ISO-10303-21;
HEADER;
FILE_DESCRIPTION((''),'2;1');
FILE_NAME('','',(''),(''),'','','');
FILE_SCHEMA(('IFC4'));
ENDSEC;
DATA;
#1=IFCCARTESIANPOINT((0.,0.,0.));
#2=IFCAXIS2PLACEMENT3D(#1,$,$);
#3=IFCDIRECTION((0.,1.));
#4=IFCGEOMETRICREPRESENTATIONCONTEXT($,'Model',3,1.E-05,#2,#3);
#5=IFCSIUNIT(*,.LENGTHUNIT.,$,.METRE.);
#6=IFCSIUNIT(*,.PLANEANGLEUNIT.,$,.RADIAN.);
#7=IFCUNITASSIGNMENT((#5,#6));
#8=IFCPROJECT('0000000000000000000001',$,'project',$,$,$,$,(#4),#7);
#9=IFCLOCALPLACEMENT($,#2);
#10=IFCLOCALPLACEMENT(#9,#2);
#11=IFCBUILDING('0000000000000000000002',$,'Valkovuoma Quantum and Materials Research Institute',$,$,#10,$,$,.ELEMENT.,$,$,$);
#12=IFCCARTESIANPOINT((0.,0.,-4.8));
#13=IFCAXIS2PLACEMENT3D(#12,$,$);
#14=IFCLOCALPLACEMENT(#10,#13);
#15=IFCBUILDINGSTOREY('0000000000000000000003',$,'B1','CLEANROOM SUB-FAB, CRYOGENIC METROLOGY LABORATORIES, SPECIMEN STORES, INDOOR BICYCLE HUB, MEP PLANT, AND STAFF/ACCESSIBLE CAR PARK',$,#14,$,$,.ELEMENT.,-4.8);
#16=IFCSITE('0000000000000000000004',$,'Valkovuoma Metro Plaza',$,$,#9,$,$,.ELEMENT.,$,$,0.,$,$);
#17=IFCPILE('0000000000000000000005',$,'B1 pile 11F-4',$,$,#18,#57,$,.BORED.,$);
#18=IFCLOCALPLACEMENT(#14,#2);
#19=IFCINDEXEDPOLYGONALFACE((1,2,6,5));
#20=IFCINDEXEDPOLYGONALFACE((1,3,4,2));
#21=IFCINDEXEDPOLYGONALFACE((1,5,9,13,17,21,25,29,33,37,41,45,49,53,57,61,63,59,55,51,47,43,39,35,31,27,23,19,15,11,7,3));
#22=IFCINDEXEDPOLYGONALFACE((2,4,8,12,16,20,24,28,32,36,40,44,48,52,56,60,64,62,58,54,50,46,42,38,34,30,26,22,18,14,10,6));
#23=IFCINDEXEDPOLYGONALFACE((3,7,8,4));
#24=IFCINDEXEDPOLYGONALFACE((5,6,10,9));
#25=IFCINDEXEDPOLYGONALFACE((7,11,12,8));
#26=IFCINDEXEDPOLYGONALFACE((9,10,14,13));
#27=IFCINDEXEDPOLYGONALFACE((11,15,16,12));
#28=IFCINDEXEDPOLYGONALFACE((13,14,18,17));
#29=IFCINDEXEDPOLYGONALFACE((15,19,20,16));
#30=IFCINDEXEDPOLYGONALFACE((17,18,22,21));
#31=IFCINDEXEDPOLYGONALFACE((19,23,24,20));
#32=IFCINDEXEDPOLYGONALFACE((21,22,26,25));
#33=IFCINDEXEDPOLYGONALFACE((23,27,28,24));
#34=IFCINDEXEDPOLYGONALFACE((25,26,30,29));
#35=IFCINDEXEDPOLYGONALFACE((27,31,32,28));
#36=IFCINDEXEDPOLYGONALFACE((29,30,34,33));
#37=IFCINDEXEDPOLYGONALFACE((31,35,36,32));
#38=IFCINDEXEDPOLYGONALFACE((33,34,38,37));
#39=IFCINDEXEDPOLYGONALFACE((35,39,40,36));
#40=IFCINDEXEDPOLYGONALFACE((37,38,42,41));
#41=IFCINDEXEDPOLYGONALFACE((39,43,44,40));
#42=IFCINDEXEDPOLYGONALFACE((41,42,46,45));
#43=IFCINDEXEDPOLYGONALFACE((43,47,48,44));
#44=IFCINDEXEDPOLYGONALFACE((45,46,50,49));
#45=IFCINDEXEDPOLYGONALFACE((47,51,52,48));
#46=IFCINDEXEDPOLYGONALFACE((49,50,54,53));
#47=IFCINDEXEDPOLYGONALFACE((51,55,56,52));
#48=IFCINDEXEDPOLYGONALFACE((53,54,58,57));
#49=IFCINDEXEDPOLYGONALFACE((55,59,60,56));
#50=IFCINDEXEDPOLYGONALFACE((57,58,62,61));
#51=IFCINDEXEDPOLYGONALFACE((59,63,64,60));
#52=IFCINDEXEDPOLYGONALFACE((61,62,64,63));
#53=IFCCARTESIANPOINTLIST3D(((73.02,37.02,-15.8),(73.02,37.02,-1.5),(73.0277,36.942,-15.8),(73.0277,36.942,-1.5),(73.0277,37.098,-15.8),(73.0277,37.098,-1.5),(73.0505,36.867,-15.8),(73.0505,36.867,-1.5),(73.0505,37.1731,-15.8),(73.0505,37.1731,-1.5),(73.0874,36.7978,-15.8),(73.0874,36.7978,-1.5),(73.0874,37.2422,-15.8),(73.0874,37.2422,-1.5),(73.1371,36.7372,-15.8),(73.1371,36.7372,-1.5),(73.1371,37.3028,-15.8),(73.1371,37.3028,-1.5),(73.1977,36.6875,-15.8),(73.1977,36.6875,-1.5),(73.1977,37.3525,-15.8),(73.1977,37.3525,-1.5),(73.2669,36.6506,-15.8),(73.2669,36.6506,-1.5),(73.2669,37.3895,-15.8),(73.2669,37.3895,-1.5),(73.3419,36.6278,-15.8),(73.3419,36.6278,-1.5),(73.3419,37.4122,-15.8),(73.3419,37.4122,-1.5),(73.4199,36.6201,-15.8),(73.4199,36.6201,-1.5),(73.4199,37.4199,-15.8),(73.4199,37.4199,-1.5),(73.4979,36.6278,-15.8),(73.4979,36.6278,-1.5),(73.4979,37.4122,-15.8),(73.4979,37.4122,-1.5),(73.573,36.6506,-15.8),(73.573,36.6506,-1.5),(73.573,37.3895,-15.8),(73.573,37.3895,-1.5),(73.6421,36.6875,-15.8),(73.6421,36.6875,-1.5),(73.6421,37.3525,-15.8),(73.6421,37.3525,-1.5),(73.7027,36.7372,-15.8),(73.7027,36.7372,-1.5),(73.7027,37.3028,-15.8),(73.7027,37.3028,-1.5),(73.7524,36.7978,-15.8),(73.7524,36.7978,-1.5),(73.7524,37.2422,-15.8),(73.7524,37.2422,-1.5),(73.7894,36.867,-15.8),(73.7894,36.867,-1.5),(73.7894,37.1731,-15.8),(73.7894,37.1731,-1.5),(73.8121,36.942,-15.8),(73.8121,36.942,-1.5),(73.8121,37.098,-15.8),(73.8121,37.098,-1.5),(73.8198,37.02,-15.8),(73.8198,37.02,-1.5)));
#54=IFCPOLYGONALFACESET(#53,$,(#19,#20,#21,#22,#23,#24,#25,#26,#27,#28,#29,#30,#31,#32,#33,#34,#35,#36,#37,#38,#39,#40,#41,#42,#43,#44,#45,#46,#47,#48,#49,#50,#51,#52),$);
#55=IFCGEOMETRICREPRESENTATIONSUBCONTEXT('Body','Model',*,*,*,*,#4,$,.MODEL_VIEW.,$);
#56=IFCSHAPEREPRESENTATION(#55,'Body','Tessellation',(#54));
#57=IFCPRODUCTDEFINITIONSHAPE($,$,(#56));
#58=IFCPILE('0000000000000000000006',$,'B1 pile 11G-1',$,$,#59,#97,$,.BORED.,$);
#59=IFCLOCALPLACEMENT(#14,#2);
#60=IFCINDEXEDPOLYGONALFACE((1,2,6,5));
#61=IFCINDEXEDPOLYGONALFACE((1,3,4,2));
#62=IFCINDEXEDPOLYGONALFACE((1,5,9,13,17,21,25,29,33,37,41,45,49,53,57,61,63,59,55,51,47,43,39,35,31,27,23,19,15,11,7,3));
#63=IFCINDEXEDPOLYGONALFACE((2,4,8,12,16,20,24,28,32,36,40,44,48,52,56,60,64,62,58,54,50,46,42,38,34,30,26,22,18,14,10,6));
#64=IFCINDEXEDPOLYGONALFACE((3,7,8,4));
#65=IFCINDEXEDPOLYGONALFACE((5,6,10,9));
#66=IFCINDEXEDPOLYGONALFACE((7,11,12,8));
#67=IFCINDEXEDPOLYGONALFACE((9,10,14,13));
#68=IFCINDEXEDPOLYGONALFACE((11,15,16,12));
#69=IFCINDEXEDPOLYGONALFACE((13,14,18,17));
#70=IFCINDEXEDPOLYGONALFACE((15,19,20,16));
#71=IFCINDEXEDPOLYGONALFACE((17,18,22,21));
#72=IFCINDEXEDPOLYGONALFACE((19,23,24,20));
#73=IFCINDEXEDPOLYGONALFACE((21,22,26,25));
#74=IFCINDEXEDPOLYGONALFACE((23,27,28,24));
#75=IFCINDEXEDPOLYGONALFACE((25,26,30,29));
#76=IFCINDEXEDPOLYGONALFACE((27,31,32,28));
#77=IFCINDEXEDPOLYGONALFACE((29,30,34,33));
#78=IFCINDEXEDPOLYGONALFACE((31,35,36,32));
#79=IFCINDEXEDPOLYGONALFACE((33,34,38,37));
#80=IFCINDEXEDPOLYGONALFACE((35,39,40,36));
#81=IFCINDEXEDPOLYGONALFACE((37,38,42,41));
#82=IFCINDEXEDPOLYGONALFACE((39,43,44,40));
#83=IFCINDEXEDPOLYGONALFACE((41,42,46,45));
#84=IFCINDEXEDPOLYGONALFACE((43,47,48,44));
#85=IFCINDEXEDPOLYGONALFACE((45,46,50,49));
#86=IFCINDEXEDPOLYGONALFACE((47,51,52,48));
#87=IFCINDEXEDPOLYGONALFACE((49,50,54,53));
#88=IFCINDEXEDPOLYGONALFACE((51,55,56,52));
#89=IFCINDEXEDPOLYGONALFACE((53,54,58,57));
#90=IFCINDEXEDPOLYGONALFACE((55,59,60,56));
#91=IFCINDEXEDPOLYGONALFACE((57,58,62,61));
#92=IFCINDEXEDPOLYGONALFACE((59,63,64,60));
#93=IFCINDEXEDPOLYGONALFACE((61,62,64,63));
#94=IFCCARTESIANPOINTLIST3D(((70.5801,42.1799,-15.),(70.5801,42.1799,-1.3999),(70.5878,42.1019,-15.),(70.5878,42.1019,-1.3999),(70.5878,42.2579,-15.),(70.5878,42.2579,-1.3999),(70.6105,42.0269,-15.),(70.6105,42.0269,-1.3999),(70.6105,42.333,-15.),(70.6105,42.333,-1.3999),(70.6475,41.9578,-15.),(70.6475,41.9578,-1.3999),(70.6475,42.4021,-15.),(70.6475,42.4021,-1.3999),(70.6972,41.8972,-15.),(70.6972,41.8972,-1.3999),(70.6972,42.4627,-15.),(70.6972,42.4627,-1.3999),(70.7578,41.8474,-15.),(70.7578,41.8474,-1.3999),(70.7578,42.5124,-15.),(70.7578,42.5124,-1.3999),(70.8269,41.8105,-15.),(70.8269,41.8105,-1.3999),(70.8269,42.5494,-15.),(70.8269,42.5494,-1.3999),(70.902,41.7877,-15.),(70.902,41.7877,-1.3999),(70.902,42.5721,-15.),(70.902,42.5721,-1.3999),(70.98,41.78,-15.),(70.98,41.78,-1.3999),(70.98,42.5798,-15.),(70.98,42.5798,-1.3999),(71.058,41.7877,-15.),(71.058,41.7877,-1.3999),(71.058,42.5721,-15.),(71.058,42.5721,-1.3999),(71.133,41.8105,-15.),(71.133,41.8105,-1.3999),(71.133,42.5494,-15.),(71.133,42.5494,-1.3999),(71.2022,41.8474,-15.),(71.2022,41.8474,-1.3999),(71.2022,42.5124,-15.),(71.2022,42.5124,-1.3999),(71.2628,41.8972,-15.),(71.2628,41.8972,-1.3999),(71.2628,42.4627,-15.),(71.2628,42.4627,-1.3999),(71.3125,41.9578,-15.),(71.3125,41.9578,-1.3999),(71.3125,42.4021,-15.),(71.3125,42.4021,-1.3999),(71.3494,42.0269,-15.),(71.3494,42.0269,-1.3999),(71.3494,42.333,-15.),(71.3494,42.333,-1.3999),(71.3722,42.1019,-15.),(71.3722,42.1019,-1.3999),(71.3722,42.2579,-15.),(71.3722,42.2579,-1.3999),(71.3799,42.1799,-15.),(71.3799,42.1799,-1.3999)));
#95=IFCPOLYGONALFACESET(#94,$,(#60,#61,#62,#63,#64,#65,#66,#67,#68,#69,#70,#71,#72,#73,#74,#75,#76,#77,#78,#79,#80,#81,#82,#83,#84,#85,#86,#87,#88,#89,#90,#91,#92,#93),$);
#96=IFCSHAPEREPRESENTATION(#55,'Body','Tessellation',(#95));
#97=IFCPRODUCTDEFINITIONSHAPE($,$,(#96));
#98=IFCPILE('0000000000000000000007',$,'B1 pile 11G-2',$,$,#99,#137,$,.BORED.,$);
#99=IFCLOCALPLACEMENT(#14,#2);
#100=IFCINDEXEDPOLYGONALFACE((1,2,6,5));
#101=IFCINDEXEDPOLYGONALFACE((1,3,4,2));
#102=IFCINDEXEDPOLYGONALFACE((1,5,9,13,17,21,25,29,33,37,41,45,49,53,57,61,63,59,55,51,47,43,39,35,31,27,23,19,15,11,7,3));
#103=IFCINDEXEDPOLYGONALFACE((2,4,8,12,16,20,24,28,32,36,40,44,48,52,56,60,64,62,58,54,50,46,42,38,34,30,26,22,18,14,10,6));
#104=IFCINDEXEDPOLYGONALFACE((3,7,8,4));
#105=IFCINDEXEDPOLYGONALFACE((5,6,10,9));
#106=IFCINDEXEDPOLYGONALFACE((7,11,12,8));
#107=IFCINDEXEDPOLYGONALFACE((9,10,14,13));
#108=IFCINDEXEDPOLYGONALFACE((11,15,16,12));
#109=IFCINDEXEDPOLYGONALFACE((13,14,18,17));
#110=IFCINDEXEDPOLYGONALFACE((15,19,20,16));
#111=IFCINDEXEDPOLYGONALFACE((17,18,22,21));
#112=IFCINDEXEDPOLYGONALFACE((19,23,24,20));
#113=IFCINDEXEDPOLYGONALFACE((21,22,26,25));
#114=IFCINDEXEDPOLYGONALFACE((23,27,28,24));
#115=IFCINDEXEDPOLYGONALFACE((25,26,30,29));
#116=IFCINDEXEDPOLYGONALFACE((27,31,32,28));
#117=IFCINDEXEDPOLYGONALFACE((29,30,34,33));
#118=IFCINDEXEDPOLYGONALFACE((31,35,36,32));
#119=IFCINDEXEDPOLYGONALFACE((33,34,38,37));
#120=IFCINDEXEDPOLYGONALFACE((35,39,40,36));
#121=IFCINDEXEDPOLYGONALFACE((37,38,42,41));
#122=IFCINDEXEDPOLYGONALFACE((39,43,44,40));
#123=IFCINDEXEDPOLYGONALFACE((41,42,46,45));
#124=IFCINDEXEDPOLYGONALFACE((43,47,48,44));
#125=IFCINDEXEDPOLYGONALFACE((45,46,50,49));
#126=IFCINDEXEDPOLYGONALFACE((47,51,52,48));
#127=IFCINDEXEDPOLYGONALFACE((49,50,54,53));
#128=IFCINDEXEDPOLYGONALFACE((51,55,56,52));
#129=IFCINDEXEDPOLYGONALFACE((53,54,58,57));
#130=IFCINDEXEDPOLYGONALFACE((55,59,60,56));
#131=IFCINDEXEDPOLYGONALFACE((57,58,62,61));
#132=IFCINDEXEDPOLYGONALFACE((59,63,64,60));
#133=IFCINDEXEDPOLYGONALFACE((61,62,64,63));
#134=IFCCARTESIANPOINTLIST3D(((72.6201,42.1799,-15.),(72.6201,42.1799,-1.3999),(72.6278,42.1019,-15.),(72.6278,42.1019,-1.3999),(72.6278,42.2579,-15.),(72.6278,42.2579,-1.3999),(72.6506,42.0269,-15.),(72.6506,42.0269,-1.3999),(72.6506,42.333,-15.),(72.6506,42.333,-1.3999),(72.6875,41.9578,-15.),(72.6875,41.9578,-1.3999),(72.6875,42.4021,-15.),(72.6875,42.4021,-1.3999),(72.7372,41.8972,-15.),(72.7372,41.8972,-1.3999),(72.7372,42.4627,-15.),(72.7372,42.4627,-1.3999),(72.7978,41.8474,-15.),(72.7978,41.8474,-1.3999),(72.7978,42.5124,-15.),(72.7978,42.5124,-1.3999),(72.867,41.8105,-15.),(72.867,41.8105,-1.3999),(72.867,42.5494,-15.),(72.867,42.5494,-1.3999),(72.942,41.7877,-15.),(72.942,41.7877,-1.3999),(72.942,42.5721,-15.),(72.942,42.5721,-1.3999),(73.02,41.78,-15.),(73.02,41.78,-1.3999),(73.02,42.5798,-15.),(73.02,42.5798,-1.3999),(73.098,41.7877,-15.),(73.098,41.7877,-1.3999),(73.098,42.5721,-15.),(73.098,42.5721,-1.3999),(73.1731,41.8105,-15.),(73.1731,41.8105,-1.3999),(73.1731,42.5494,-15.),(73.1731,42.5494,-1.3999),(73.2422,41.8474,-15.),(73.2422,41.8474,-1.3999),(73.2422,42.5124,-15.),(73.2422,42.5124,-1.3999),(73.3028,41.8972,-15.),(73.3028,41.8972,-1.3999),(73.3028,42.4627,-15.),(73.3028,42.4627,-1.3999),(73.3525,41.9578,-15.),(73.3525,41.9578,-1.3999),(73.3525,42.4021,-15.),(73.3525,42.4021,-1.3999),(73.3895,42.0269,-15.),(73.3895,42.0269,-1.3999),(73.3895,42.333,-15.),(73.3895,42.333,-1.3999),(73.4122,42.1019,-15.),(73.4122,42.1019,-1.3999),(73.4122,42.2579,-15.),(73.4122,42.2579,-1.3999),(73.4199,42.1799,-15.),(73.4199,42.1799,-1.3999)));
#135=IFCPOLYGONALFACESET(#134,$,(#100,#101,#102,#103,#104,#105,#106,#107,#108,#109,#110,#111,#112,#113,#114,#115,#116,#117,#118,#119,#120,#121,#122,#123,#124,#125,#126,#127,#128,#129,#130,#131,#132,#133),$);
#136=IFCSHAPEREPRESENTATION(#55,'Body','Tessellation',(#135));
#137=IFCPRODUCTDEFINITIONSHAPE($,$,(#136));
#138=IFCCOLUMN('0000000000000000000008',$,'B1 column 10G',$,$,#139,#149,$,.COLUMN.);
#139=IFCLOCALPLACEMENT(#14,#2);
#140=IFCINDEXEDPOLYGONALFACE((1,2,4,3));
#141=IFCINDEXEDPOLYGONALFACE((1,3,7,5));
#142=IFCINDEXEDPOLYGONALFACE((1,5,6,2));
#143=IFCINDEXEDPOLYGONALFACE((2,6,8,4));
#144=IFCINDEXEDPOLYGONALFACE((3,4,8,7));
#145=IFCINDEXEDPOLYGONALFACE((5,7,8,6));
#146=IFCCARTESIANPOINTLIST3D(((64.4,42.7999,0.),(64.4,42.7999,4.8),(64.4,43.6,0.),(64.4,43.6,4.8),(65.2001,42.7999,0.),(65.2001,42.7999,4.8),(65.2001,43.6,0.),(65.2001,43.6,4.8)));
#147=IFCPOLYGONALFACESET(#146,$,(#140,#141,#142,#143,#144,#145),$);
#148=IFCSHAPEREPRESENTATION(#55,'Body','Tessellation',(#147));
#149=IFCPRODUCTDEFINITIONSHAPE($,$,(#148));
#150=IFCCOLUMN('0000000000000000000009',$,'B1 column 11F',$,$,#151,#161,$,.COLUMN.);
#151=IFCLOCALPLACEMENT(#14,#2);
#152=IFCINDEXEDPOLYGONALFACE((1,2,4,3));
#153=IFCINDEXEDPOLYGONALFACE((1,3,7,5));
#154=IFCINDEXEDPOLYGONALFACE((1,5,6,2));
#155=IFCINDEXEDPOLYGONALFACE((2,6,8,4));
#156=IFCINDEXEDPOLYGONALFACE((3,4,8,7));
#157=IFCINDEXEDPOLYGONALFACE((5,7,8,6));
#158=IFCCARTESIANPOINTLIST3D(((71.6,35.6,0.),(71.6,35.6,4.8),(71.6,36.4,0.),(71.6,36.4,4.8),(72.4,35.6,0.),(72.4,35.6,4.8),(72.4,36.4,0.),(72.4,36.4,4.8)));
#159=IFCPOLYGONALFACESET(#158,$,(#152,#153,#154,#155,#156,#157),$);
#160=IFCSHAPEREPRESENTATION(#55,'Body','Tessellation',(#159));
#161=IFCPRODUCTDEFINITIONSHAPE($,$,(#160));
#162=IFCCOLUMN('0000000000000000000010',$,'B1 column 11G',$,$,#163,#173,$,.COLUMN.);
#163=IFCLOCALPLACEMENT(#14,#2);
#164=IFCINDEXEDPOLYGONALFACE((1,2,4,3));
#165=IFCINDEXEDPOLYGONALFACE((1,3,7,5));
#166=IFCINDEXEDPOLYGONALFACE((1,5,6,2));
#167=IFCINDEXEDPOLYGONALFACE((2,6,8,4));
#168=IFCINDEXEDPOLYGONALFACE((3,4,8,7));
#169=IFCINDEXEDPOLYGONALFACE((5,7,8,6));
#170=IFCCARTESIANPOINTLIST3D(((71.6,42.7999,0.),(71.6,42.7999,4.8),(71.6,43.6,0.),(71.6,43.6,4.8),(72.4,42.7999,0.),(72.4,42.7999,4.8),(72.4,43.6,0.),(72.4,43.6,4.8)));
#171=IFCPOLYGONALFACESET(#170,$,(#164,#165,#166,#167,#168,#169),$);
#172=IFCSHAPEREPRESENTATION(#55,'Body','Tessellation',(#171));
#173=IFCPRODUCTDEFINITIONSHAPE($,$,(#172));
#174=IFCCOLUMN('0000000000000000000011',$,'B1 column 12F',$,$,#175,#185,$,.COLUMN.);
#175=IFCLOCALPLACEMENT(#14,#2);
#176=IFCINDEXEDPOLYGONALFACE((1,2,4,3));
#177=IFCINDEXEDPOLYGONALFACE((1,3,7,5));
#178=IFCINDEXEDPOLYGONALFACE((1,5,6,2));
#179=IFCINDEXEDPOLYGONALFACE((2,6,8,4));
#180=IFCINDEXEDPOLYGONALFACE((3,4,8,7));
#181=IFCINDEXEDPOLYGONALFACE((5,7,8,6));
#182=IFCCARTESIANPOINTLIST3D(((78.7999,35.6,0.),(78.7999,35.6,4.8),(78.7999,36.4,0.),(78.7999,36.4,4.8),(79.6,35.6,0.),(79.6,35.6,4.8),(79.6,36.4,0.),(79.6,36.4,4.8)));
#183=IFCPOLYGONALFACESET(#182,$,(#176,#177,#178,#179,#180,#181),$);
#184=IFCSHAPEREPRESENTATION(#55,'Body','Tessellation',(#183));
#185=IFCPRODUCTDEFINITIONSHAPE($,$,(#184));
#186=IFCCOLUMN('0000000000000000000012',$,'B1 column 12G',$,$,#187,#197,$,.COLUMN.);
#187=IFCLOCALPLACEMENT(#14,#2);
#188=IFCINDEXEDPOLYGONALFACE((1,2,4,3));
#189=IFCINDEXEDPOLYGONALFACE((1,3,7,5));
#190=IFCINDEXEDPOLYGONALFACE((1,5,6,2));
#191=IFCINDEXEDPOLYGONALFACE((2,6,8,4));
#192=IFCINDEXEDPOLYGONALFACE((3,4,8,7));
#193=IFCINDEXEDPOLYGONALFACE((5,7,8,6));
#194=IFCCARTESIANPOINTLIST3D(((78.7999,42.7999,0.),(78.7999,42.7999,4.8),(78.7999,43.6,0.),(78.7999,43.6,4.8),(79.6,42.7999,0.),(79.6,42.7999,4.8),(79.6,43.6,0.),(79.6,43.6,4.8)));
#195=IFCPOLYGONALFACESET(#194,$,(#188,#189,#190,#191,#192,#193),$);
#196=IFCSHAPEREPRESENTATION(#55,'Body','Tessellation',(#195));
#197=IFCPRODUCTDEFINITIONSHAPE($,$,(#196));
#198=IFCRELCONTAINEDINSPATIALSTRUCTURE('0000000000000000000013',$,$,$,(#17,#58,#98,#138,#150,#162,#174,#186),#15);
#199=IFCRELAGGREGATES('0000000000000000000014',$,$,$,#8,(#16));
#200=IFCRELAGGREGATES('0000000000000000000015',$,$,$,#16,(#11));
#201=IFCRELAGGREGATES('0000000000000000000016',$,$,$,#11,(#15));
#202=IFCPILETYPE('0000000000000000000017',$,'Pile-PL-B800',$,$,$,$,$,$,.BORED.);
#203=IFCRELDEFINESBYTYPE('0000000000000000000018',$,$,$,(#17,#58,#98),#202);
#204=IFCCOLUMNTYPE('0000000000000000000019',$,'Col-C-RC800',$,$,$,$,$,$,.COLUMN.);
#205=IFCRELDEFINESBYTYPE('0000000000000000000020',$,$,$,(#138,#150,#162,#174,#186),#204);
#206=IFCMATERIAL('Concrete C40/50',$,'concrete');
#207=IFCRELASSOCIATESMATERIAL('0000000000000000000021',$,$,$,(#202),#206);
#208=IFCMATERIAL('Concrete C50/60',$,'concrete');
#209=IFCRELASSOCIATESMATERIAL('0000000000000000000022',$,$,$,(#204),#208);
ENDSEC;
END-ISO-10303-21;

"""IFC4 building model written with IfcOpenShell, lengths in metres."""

from ifc_helpers import new_model, si_unit, direction, frame, origin, origin_2d, place, context, subcontext, project, spatial, rectangle, circle, extrude, material, material_profile, profile_set, type_object, element, save


model = new_model("IFC4")

# Units and contexts
model_context = context("Model", 3, precision=1e-05, world=origin(), true_north=direction((0.0, 1.0)))
body_context = subcontext(model_context, "Body", "Model", "MODEL_VIEW")
ifc_project = project(units=[si_unit("LENGTHUNIT", "METRE"), si_unit("PLANEANGLEUNIT", "RADIAN")], contexts=[model_context])

# Site, building, storey
site_placement = place(None, origin())
site = spatial("IfcSite", under=ifc_project, at=site_placement, Name="Valkovuoma Metro Plaza", CompositionType="ELEMENT", RefElevation=0.0)
building_placement = place(site_placement, origin())
building = spatial("IfcBuilding", under=site, at=building_placement, Name="Valkovuoma Quantum and Materials Research Institute", CompositionType="ELEMENT")
storey_placement = place(building_placement, frame((0.0, 0.0, -4.8)))
storey = spatial("IfcBuildingStorey", under=building, at=storey_placement, Name="B1", Description="CLEANROOM SUB-FAB, CRYOGENIC METROLOGY LABORATORIES, SPECIMEN STORES, INDOOR BICYCLE HUB, MEP PLANT, AND STAFF/ACCESSIBLE CAR PARK", CompositionType="ELEMENT", Elevation=-4.8)

# Piles
ifc_material_1 = material(Name="Concrete C40/50", Category="concrete")
ifc_material_profile_1 = material_profile(ifc_material_1, circle(Radius=0.3999, at=origin_2d()), Name="Concrete C40/50")
ifc_profile_set_1 = profile_set([ifc_material_profile_1], Name="Concrete C40/50")
pile_type_1 = type_object("IfcPileType", Name="Pile-PL-B800", PredefinedType="BORED", material=ifc_profile_set_1)
for number, where, z_axis, x_axis, name in (
    (1, (73.4199, 37.02, -1.5), (0.0, 0.0, -1.0), (1.0, 0.0, 0.0), "B1 pile 11F-4"),
):
    element("IfcPile", number, at=place(storey_placement, frame(where, z_axis=z_axis, x_axis=x_axis)), inside=storey, type_object=pile_type_1, Name=name, PredefinedType="BORED", context=body_context, shape_type="SweptSolid", body=[
        extrude(circle(Radius=0.3999, at=origin_2d()), origin(), (0.0, 0.0, 1.0), 14.3),
    ])
for number, where, z_axis, x_axis, name in (
    (2, (70.98, 42.1799, -1.3999), (0.0, 0.0, -1.0), (1.0, 0.0, 0.0), "B1 pile 11G-1"),
    (3, (73.02, 42.1799, -1.3999), (0.0, 0.0, -1.0), (1.0, 0.0, 0.0), "B1 pile 11G-2"),
):
    element("IfcPile", number, at=place(storey_placement, frame(where, z_axis=z_axis, x_axis=x_axis)), inside=storey, type_object=pile_type_1, Name=name, PredefinedType="BORED", context=body_context, shape_type="SweptSolid", body=[
        extrude(circle(Radius=0.3999, at=origin_2d()), origin(), (0.0, 0.0, 1.0), 13.6001),
    ])

# Columns
ifc_material_2 = material(Name="Concrete C50/60", Category="concrete")
ifc_material_profile_2 = material_profile(ifc_material_2, rectangle(XDim=0.8, YDim=0.8, at=origin_2d()), Name="Concrete C50/60")
ifc_profile_set_2 = profile_set([ifc_material_profile_2], Name="Concrete C50/60")
column_type = type_object("IfcColumnType", Name="Col-C-RC800", PredefinedType="COLUMN", material=ifc_profile_set_2)
for number, where, z_axis, x_axis, name in (
    (4, (64.8, 43.2, 0.0), (0.0, 0.0, 1.0), (1.0, 0.0, 0.0), "B1 column 10G"),
    (5, (72.0, 36.0, 0.0), (0.0, 0.0, 1.0), (1.0, 0.0, 0.0), "B1 column 11F"),
    (6, (72.0, 43.2, 0.0), (0.0, 0.0, 1.0), (1.0, 0.0, 0.0), "B1 column 11G"),
    (7, (79.2, 36.0, 0.0), (0.0, 0.0, 1.0), (1.0, 0.0, 0.0), "B1 column 12F"),
    (8, (79.2, 43.2, 0.0), (0.0, 0.0, 1.0), (1.0, 0.0, 0.0), "B1 column 12G"),
):
    element("IfcColumn", number, at=place(storey_placement, frame(where, z_axis=z_axis, x_axis=x_axis)), inside=storey, type_object=column_type, Name=name, PredefinedType="COLUMN", context=body_context, shape_type="SweptSolid", body=[
        extrude(rectangle(XDim=0.8, YDim=0.8, at=origin_2d()), origin(), (0.0, 0.0, 1.0), 4.8),
    ])

save(model, "model.ifc")
